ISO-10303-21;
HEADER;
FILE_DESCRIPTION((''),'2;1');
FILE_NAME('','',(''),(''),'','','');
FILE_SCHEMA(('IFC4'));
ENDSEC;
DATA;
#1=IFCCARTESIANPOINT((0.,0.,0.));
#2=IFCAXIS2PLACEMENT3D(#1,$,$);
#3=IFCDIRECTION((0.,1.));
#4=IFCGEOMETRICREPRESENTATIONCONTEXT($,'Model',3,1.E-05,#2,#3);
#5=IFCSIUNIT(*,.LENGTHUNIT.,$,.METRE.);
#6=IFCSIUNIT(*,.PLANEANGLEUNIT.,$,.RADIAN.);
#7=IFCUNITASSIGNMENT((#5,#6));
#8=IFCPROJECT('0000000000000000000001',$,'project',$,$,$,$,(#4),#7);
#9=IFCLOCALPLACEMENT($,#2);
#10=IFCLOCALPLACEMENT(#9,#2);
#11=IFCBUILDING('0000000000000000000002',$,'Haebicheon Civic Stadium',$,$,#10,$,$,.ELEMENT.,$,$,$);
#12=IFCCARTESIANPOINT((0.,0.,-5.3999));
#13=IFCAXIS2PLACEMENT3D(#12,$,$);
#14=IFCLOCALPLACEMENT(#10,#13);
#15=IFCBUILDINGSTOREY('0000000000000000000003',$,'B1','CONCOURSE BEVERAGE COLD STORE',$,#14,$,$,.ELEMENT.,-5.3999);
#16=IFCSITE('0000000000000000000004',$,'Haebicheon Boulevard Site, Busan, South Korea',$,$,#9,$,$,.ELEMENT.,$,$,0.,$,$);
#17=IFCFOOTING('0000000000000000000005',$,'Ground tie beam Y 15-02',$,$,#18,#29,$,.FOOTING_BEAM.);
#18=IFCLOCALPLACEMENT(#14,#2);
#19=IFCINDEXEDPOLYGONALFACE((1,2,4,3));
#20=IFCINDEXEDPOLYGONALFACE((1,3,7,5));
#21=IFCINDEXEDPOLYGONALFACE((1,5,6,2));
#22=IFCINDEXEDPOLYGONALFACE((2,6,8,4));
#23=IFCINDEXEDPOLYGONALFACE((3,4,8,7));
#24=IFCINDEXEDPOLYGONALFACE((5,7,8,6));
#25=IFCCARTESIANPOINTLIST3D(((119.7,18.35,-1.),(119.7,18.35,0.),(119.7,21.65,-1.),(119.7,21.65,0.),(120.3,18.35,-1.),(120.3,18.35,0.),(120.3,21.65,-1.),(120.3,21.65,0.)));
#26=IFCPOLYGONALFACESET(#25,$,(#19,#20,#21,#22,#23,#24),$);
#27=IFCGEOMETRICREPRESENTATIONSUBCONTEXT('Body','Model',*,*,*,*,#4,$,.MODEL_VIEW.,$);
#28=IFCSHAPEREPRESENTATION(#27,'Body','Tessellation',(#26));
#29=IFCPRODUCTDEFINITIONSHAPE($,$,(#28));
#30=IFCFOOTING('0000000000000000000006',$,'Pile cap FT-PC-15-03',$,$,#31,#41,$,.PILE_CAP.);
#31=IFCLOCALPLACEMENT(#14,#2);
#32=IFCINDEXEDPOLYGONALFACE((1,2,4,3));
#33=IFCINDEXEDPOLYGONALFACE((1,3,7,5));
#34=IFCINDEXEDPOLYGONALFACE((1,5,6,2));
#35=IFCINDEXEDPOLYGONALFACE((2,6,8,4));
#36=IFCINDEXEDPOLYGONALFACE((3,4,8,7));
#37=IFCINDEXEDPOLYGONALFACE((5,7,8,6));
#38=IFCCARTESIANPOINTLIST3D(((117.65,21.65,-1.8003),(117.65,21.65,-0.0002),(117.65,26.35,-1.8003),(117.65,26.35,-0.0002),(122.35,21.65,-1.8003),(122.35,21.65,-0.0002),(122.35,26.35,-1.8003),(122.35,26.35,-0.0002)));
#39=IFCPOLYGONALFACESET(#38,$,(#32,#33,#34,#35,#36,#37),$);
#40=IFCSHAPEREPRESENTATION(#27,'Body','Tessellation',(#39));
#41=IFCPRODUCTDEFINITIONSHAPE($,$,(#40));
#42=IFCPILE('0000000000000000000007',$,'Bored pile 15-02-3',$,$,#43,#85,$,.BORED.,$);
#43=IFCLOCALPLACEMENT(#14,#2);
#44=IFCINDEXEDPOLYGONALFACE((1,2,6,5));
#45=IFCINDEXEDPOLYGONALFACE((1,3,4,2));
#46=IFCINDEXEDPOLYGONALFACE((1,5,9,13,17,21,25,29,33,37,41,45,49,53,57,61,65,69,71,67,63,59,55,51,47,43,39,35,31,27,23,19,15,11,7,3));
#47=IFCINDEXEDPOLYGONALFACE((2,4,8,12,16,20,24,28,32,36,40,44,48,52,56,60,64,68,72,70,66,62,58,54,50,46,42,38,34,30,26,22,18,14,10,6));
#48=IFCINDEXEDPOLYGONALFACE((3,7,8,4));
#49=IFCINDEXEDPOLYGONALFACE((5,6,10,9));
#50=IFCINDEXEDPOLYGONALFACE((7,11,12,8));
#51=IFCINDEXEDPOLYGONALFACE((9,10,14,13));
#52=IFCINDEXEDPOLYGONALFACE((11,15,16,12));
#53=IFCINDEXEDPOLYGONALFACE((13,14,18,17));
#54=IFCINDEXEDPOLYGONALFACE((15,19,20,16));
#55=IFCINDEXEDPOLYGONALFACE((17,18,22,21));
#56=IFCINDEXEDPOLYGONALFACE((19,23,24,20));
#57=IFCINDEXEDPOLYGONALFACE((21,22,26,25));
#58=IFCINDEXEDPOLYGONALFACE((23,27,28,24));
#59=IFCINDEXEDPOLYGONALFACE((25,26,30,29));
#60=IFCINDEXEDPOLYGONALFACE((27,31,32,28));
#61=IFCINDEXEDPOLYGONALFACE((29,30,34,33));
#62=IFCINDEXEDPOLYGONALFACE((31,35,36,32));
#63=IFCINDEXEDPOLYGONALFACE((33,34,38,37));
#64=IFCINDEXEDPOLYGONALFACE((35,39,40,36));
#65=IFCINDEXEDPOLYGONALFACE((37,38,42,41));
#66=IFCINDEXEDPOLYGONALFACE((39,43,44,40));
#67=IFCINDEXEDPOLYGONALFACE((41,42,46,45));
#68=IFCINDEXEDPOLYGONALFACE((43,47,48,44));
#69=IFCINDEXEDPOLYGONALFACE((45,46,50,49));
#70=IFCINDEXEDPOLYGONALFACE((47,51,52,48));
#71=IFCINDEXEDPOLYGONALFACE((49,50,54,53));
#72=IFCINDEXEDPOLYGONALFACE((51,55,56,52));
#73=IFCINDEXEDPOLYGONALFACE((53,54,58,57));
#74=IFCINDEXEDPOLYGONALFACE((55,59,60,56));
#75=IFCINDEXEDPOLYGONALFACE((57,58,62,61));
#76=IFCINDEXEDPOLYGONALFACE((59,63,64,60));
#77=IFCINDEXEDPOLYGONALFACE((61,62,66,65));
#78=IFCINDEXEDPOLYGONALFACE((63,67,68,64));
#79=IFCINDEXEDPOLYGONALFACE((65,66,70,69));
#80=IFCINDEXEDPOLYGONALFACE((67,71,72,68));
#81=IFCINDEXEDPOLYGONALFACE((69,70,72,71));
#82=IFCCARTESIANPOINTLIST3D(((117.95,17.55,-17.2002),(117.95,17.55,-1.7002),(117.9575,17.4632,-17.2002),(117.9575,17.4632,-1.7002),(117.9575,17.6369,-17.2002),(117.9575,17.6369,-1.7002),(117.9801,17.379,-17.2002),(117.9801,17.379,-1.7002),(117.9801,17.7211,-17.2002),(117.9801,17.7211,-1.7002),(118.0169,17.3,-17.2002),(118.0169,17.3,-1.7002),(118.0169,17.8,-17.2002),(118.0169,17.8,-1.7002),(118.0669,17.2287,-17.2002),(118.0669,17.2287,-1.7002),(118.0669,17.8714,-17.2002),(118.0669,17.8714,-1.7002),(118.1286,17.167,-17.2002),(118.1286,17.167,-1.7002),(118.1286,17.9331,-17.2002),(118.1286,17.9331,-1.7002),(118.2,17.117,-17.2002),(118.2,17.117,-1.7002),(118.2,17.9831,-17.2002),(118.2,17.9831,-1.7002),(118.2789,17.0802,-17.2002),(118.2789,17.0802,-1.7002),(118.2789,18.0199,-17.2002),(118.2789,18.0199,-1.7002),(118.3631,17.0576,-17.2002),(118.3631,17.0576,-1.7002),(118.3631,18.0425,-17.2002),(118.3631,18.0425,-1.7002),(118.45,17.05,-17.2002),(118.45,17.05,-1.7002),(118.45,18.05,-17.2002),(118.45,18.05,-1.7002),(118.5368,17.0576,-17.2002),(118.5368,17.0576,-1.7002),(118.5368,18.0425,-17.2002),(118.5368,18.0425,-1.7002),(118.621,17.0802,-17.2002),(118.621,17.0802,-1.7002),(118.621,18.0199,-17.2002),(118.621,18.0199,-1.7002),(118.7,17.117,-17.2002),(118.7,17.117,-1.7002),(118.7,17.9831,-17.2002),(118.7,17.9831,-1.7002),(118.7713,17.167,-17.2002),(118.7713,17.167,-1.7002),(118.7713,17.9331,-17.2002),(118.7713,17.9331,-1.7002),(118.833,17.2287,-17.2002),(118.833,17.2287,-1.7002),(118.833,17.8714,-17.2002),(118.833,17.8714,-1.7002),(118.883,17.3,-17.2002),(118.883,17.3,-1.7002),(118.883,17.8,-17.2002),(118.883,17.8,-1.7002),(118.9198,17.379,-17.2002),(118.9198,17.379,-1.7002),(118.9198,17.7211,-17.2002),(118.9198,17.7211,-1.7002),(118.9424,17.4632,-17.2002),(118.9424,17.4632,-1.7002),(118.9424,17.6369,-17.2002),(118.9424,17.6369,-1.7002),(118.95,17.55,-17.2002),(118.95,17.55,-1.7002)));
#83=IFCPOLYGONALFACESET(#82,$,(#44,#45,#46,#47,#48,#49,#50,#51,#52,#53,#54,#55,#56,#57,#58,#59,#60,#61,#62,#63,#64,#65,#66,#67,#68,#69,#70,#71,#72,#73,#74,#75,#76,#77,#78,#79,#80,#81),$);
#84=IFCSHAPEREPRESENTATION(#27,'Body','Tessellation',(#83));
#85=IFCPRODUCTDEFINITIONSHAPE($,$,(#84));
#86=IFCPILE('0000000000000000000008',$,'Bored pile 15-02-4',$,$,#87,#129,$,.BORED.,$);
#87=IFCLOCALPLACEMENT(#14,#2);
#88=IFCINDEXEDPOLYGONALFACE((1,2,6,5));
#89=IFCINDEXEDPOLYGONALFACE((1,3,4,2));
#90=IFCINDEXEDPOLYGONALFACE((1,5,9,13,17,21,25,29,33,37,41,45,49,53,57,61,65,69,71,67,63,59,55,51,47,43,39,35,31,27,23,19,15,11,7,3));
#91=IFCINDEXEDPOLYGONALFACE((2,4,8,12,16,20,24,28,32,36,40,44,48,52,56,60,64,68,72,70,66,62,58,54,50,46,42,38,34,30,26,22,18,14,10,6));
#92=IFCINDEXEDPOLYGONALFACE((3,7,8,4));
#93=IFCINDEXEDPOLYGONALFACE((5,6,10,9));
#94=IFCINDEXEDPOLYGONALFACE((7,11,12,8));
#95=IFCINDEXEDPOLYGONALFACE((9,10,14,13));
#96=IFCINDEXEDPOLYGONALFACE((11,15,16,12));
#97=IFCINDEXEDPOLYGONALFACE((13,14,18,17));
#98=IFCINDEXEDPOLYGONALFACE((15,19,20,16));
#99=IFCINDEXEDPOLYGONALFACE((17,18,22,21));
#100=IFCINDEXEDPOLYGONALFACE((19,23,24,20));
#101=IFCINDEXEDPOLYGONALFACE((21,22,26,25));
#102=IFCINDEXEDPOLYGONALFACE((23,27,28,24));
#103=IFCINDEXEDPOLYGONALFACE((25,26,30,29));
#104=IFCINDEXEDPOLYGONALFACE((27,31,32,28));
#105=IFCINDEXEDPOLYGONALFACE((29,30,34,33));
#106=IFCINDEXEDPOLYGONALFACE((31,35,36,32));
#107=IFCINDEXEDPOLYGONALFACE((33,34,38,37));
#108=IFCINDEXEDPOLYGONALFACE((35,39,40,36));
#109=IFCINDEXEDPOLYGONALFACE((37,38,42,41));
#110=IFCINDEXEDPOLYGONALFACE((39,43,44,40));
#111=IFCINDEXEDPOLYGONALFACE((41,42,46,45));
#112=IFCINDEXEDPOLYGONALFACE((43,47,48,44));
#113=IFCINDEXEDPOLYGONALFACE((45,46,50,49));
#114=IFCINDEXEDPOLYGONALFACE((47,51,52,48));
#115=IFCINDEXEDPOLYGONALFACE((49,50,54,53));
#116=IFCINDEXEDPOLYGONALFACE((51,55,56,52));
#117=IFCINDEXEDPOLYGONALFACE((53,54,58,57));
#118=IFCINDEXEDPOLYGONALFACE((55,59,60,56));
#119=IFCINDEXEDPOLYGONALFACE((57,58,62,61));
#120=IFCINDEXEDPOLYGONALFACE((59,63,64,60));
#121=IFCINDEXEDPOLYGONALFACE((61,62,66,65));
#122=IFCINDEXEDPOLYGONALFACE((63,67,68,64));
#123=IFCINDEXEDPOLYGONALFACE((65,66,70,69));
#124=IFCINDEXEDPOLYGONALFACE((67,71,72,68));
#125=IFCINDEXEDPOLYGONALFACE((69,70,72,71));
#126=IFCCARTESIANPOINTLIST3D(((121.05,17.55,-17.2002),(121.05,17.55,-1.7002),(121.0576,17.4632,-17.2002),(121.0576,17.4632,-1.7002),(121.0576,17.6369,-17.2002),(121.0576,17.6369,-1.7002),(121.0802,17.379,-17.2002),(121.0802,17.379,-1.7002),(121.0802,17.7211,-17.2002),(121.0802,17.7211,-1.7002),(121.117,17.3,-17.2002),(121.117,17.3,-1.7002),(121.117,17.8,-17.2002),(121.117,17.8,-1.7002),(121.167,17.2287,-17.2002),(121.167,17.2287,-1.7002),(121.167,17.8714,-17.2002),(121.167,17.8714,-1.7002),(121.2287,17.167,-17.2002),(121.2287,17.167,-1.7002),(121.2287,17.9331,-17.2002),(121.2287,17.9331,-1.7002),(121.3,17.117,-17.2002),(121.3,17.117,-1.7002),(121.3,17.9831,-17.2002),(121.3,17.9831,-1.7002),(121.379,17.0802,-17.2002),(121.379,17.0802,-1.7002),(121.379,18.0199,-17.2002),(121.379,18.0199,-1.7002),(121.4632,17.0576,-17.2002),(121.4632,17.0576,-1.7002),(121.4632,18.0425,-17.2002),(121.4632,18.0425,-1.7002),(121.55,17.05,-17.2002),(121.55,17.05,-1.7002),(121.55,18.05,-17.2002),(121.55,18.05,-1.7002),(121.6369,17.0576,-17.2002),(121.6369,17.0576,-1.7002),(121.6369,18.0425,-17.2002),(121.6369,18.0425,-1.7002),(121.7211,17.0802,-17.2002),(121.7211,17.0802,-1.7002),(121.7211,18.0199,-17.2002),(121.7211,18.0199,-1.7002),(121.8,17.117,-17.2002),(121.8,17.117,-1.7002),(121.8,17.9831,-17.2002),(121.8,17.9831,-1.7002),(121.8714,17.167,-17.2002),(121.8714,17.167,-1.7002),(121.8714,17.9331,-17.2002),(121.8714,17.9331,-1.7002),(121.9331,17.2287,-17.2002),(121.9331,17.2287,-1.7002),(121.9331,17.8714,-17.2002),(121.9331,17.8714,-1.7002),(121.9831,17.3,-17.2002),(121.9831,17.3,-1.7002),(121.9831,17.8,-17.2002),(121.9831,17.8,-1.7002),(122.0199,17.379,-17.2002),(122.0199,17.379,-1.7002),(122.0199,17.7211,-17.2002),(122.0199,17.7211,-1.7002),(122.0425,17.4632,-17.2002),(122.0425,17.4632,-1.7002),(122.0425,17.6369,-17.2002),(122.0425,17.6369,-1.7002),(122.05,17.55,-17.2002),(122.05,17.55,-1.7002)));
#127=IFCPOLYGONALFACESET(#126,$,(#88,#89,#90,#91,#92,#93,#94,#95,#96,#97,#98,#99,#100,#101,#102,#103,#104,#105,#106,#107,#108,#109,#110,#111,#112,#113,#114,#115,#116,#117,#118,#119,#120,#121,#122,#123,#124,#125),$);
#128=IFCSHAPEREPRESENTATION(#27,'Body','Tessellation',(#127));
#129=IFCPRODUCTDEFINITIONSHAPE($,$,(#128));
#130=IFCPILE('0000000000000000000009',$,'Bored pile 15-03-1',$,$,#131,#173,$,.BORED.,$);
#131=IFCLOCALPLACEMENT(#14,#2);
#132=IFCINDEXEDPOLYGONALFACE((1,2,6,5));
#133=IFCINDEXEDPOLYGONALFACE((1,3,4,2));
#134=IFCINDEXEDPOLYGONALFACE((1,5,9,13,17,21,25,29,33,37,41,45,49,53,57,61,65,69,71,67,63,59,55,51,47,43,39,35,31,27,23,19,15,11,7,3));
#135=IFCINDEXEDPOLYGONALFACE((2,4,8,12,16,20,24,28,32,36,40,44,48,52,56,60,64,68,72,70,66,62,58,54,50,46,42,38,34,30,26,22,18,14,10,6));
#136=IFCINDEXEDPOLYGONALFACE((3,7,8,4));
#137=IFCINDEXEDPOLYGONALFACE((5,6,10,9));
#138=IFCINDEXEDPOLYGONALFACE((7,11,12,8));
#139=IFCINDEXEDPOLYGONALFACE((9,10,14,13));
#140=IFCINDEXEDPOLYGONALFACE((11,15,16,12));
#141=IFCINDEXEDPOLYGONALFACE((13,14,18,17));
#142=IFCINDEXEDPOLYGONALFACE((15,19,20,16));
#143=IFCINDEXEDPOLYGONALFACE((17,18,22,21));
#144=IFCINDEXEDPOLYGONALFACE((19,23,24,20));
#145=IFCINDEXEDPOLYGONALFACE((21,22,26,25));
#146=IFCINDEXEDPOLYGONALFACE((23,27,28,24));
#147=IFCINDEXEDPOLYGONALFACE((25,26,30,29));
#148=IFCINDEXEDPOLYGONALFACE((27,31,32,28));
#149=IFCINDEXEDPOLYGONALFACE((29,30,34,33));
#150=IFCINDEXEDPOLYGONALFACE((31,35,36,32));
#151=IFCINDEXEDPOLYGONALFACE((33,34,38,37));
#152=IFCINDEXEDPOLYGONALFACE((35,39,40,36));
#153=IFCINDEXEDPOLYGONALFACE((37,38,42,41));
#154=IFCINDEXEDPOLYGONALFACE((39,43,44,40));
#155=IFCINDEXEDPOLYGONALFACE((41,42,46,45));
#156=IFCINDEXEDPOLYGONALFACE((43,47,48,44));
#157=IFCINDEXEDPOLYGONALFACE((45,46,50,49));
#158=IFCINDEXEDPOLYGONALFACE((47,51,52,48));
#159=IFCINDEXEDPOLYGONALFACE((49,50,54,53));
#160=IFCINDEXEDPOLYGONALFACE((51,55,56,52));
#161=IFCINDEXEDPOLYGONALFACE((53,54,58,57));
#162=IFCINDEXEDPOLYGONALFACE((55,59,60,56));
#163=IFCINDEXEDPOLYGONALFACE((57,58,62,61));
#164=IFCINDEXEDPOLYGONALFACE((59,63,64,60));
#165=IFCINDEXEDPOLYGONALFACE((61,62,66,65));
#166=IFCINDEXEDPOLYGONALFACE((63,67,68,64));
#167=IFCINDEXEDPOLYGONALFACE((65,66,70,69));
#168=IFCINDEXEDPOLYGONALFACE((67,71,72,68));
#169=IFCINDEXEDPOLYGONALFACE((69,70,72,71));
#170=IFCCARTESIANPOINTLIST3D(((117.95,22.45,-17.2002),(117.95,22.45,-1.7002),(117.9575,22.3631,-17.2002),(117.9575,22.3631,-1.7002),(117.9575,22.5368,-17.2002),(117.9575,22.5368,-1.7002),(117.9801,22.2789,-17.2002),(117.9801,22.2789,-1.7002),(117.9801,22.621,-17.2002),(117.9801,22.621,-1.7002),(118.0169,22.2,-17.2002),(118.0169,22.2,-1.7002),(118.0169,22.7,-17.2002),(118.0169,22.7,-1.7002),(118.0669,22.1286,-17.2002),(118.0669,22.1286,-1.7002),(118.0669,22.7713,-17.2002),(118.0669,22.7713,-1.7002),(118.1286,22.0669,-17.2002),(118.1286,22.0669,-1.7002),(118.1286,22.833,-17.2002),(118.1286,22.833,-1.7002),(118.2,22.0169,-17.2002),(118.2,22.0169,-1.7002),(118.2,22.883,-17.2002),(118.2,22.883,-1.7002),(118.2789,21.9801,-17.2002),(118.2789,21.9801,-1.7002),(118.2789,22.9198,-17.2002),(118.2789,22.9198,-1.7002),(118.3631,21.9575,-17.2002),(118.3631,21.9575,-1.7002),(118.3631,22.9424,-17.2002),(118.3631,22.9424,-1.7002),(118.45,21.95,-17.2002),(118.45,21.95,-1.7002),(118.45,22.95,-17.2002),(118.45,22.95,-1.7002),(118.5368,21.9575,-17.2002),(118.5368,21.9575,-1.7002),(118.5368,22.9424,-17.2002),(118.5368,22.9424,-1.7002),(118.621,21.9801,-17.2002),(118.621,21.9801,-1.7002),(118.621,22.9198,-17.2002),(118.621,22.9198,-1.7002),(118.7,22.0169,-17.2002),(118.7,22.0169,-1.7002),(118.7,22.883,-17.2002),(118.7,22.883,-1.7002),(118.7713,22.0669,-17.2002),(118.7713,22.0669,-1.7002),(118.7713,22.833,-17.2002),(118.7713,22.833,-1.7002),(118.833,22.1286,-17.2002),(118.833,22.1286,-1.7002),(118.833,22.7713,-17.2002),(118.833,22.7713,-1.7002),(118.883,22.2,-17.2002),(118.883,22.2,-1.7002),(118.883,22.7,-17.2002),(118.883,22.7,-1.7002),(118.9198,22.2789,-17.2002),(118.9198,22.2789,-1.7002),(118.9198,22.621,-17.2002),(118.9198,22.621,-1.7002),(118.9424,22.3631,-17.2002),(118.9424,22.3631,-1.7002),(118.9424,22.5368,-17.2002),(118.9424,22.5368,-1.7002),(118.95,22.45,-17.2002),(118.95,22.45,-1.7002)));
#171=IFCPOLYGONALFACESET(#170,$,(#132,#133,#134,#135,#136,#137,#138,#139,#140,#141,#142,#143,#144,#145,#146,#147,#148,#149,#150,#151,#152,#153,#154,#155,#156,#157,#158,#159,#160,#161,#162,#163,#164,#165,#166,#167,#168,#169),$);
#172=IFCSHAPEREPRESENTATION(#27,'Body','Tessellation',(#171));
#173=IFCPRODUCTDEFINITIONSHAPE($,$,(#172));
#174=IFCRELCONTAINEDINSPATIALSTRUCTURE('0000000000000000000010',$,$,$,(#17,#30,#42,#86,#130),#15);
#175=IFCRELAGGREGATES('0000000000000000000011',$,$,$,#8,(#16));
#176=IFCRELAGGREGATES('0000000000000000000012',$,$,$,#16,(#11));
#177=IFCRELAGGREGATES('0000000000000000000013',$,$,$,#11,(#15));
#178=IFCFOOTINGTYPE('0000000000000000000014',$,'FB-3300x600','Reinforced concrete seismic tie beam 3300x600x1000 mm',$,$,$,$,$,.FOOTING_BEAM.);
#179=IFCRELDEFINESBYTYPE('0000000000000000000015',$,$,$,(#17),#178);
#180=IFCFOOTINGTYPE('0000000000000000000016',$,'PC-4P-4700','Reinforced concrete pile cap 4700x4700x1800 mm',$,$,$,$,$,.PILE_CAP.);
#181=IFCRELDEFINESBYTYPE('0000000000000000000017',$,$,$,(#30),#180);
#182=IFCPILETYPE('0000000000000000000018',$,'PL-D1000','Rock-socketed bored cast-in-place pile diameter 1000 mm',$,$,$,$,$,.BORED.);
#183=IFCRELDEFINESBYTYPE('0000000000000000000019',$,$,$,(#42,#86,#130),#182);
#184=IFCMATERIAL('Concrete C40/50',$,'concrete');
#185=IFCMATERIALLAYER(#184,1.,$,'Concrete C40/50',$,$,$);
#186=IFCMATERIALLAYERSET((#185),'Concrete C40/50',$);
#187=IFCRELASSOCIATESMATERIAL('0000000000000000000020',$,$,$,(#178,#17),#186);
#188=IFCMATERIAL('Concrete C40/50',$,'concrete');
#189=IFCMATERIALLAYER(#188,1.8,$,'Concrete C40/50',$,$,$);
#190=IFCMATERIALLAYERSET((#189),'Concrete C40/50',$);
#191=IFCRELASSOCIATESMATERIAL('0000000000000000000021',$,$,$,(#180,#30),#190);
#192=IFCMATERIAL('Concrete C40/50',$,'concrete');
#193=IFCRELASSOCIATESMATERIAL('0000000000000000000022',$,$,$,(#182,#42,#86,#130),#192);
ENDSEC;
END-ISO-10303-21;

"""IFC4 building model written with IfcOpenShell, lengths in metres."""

from ifc_helpers import new_model, si_unit, direction, frame, origin, origin_2d, place, context, subcontext, project, spatial, rectangle, circle, extrude, material, layer, layer_set, material_profile, profile_set, type_object, element, save


model = new_model("IFC4")

# Units and contexts
model_context = context("Model", 3, precision=1e-05, world=origin(), true_north=direction((0.0, 1.0)))
body_context = subcontext(model_context, "Body", "Model", "MODEL_VIEW")
ifc_project = project(units=[si_unit("LENGTHUNIT", "METRE"), si_unit("PLANEANGLEUNIT", "RADIAN")], contexts=[model_context])

# Site, building, storey
site_placement = place(None, origin())
site = spatial("IfcSite", under=ifc_project, at=site_placement, Name="Haebicheon Boulevard Site, Busan, South Korea", CompositionType="ELEMENT", RefElevation=0.0)
building_placement = place(site_placement, origin())
building = spatial("IfcBuilding", under=site, at=building_placement, Name="Haebicheon Civic Stadium", CompositionType="ELEMENT")
storey_placement = place(building_placement, frame((0.0, 0.0, -5.3999)))
storey = spatial("IfcBuildingStorey", under=building, at=storey_placement, Name="B1", Description="CONCOURSE BEVERAGE COLD STORE", CompositionType="ELEMENT", Elevation=-5.3999)

# Footings
ifc_material_1 = material(Name="Concrete C40/50", Category="concrete")
ifc_layer_1 = layer(ifc_material_1, 1.0, Name="Concrete C40/50")
ifc_layer_set_1 = layer_set([ifc_layer_1], Name="Concrete C40/50")
footing_type_1 = type_object("IfcFootingType", Name="FB-3300x600", Description="Reinforced concrete seismic tie beam 3300x600x1000 mm", PredefinedType="FOOTING_BEAM", material=ifc_layer_set_1)
footing_1_placement = place(storey_placement, frame((120.0, 20.0, -1.0), z_axis=(0.0, 0.0, 1.0), x_axis=(0.0, 1.0, 0.0)))
element("IfcFooting", 1, at=footing_1_placement, inside=storey, type_object=footing_type_1, material=ifc_layer_set_1, Name="Ground tie beam Y 15-02", PredefinedType="FOOTING_BEAM", context=body_context, shape_type="SweptSolid", body=[
    extrude(rectangle(XDim=3.3, YDim=0.6001, at=origin_2d()), origin(), (0.0, 0.0, 1.0), 1.0),
])
ifc_material_2 = material(Name="Concrete C40/50", Category="concrete")
ifc_layer_2 = layer(ifc_material_2, 1.8, Name="Concrete C40/50")
ifc_layer_set_2 = layer_set([ifc_layer_2], Name="Concrete C40/50")
footing_type_2 = type_object("IfcFootingType", Name="PC-4P-4700", Description="Reinforced concrete pile cap 4700x4700x1800 mm", PredefinedType="PILE_CAP", material=ifc_layer_set_2)
footing_2_placement = place(storey_placement, frame((120.0, 24.0, -1.8003), z_axis=(0.0, 0.0, 1.0), x_axis=(1.0, 0.0, 0.0)))
element("IfcFooting", 2, at=footing_2_placement, inside=storey, type_object=footing_type_2, material=ifc_layer_set_2, Name="Pile cap FT-PC-15-03", PredefinedType="PILE_CAP", context=body_context, shape_type="SweptSolid", body=[
    extrude(rectangle(XDim=4.7, YDim=4.7, at=origin_2d()), origin(), (0.0, 0.0, 1.0), 1.8),
])

# Piles
ifc_material_3 = material(Name="Concrete C40/50", Category="concrete")
ifc_material_profile_1 = material_profile(ifc_material_3, circle(Radius=0.5, at=origin_2d()), Name="PILE-D1000")
ifc_profile_set_1 = profile_set([ifc_material_profile_1], Name="Concrete C40/50")
pile_type = type_object("IfcPileType", Name="PL-D1000", Description="Rock-socketed bored cast-in-place pile diameter 1000 mm", PredefinedType="BORED", material=ifc_profile_set_1)
for number, where, z_axis, x_axis, name in (
    (3, (118.45, 17.55, -1.7002), (0.0, 0.0, -1.0), (1.0, 0.0, 0.0), "Bored pile 15-02-3"),
    (4, (121.55, 17.55, -1.7002), (0.0, 0.0, -1.0), (1.0, 0.0, 0.0), "Bored pile 15-02-4"),
    (5, (118.45, 22.45, -1.7002), (0.0, 0.0, -1.0), (1.0, 0.0, 0.0), "Bored pile 15-03-1"),
):
    element("IfcPile", number, at=place(storey_placement, frame(where, z_axis=z_axis, x_axis=x_axis)), inside=storey, type_object=pile_type, material=ifc_profile_set_1, Name=name, PredefinedType="BORED", context=body_context, shape_type="SweptSolid", body=[
        extrude(circle(Radius=0.5, at=origin_2d()), origin(), (0.0, 0.0, 1.0), 15.5),
    ])

save(model, "model.ifc")
